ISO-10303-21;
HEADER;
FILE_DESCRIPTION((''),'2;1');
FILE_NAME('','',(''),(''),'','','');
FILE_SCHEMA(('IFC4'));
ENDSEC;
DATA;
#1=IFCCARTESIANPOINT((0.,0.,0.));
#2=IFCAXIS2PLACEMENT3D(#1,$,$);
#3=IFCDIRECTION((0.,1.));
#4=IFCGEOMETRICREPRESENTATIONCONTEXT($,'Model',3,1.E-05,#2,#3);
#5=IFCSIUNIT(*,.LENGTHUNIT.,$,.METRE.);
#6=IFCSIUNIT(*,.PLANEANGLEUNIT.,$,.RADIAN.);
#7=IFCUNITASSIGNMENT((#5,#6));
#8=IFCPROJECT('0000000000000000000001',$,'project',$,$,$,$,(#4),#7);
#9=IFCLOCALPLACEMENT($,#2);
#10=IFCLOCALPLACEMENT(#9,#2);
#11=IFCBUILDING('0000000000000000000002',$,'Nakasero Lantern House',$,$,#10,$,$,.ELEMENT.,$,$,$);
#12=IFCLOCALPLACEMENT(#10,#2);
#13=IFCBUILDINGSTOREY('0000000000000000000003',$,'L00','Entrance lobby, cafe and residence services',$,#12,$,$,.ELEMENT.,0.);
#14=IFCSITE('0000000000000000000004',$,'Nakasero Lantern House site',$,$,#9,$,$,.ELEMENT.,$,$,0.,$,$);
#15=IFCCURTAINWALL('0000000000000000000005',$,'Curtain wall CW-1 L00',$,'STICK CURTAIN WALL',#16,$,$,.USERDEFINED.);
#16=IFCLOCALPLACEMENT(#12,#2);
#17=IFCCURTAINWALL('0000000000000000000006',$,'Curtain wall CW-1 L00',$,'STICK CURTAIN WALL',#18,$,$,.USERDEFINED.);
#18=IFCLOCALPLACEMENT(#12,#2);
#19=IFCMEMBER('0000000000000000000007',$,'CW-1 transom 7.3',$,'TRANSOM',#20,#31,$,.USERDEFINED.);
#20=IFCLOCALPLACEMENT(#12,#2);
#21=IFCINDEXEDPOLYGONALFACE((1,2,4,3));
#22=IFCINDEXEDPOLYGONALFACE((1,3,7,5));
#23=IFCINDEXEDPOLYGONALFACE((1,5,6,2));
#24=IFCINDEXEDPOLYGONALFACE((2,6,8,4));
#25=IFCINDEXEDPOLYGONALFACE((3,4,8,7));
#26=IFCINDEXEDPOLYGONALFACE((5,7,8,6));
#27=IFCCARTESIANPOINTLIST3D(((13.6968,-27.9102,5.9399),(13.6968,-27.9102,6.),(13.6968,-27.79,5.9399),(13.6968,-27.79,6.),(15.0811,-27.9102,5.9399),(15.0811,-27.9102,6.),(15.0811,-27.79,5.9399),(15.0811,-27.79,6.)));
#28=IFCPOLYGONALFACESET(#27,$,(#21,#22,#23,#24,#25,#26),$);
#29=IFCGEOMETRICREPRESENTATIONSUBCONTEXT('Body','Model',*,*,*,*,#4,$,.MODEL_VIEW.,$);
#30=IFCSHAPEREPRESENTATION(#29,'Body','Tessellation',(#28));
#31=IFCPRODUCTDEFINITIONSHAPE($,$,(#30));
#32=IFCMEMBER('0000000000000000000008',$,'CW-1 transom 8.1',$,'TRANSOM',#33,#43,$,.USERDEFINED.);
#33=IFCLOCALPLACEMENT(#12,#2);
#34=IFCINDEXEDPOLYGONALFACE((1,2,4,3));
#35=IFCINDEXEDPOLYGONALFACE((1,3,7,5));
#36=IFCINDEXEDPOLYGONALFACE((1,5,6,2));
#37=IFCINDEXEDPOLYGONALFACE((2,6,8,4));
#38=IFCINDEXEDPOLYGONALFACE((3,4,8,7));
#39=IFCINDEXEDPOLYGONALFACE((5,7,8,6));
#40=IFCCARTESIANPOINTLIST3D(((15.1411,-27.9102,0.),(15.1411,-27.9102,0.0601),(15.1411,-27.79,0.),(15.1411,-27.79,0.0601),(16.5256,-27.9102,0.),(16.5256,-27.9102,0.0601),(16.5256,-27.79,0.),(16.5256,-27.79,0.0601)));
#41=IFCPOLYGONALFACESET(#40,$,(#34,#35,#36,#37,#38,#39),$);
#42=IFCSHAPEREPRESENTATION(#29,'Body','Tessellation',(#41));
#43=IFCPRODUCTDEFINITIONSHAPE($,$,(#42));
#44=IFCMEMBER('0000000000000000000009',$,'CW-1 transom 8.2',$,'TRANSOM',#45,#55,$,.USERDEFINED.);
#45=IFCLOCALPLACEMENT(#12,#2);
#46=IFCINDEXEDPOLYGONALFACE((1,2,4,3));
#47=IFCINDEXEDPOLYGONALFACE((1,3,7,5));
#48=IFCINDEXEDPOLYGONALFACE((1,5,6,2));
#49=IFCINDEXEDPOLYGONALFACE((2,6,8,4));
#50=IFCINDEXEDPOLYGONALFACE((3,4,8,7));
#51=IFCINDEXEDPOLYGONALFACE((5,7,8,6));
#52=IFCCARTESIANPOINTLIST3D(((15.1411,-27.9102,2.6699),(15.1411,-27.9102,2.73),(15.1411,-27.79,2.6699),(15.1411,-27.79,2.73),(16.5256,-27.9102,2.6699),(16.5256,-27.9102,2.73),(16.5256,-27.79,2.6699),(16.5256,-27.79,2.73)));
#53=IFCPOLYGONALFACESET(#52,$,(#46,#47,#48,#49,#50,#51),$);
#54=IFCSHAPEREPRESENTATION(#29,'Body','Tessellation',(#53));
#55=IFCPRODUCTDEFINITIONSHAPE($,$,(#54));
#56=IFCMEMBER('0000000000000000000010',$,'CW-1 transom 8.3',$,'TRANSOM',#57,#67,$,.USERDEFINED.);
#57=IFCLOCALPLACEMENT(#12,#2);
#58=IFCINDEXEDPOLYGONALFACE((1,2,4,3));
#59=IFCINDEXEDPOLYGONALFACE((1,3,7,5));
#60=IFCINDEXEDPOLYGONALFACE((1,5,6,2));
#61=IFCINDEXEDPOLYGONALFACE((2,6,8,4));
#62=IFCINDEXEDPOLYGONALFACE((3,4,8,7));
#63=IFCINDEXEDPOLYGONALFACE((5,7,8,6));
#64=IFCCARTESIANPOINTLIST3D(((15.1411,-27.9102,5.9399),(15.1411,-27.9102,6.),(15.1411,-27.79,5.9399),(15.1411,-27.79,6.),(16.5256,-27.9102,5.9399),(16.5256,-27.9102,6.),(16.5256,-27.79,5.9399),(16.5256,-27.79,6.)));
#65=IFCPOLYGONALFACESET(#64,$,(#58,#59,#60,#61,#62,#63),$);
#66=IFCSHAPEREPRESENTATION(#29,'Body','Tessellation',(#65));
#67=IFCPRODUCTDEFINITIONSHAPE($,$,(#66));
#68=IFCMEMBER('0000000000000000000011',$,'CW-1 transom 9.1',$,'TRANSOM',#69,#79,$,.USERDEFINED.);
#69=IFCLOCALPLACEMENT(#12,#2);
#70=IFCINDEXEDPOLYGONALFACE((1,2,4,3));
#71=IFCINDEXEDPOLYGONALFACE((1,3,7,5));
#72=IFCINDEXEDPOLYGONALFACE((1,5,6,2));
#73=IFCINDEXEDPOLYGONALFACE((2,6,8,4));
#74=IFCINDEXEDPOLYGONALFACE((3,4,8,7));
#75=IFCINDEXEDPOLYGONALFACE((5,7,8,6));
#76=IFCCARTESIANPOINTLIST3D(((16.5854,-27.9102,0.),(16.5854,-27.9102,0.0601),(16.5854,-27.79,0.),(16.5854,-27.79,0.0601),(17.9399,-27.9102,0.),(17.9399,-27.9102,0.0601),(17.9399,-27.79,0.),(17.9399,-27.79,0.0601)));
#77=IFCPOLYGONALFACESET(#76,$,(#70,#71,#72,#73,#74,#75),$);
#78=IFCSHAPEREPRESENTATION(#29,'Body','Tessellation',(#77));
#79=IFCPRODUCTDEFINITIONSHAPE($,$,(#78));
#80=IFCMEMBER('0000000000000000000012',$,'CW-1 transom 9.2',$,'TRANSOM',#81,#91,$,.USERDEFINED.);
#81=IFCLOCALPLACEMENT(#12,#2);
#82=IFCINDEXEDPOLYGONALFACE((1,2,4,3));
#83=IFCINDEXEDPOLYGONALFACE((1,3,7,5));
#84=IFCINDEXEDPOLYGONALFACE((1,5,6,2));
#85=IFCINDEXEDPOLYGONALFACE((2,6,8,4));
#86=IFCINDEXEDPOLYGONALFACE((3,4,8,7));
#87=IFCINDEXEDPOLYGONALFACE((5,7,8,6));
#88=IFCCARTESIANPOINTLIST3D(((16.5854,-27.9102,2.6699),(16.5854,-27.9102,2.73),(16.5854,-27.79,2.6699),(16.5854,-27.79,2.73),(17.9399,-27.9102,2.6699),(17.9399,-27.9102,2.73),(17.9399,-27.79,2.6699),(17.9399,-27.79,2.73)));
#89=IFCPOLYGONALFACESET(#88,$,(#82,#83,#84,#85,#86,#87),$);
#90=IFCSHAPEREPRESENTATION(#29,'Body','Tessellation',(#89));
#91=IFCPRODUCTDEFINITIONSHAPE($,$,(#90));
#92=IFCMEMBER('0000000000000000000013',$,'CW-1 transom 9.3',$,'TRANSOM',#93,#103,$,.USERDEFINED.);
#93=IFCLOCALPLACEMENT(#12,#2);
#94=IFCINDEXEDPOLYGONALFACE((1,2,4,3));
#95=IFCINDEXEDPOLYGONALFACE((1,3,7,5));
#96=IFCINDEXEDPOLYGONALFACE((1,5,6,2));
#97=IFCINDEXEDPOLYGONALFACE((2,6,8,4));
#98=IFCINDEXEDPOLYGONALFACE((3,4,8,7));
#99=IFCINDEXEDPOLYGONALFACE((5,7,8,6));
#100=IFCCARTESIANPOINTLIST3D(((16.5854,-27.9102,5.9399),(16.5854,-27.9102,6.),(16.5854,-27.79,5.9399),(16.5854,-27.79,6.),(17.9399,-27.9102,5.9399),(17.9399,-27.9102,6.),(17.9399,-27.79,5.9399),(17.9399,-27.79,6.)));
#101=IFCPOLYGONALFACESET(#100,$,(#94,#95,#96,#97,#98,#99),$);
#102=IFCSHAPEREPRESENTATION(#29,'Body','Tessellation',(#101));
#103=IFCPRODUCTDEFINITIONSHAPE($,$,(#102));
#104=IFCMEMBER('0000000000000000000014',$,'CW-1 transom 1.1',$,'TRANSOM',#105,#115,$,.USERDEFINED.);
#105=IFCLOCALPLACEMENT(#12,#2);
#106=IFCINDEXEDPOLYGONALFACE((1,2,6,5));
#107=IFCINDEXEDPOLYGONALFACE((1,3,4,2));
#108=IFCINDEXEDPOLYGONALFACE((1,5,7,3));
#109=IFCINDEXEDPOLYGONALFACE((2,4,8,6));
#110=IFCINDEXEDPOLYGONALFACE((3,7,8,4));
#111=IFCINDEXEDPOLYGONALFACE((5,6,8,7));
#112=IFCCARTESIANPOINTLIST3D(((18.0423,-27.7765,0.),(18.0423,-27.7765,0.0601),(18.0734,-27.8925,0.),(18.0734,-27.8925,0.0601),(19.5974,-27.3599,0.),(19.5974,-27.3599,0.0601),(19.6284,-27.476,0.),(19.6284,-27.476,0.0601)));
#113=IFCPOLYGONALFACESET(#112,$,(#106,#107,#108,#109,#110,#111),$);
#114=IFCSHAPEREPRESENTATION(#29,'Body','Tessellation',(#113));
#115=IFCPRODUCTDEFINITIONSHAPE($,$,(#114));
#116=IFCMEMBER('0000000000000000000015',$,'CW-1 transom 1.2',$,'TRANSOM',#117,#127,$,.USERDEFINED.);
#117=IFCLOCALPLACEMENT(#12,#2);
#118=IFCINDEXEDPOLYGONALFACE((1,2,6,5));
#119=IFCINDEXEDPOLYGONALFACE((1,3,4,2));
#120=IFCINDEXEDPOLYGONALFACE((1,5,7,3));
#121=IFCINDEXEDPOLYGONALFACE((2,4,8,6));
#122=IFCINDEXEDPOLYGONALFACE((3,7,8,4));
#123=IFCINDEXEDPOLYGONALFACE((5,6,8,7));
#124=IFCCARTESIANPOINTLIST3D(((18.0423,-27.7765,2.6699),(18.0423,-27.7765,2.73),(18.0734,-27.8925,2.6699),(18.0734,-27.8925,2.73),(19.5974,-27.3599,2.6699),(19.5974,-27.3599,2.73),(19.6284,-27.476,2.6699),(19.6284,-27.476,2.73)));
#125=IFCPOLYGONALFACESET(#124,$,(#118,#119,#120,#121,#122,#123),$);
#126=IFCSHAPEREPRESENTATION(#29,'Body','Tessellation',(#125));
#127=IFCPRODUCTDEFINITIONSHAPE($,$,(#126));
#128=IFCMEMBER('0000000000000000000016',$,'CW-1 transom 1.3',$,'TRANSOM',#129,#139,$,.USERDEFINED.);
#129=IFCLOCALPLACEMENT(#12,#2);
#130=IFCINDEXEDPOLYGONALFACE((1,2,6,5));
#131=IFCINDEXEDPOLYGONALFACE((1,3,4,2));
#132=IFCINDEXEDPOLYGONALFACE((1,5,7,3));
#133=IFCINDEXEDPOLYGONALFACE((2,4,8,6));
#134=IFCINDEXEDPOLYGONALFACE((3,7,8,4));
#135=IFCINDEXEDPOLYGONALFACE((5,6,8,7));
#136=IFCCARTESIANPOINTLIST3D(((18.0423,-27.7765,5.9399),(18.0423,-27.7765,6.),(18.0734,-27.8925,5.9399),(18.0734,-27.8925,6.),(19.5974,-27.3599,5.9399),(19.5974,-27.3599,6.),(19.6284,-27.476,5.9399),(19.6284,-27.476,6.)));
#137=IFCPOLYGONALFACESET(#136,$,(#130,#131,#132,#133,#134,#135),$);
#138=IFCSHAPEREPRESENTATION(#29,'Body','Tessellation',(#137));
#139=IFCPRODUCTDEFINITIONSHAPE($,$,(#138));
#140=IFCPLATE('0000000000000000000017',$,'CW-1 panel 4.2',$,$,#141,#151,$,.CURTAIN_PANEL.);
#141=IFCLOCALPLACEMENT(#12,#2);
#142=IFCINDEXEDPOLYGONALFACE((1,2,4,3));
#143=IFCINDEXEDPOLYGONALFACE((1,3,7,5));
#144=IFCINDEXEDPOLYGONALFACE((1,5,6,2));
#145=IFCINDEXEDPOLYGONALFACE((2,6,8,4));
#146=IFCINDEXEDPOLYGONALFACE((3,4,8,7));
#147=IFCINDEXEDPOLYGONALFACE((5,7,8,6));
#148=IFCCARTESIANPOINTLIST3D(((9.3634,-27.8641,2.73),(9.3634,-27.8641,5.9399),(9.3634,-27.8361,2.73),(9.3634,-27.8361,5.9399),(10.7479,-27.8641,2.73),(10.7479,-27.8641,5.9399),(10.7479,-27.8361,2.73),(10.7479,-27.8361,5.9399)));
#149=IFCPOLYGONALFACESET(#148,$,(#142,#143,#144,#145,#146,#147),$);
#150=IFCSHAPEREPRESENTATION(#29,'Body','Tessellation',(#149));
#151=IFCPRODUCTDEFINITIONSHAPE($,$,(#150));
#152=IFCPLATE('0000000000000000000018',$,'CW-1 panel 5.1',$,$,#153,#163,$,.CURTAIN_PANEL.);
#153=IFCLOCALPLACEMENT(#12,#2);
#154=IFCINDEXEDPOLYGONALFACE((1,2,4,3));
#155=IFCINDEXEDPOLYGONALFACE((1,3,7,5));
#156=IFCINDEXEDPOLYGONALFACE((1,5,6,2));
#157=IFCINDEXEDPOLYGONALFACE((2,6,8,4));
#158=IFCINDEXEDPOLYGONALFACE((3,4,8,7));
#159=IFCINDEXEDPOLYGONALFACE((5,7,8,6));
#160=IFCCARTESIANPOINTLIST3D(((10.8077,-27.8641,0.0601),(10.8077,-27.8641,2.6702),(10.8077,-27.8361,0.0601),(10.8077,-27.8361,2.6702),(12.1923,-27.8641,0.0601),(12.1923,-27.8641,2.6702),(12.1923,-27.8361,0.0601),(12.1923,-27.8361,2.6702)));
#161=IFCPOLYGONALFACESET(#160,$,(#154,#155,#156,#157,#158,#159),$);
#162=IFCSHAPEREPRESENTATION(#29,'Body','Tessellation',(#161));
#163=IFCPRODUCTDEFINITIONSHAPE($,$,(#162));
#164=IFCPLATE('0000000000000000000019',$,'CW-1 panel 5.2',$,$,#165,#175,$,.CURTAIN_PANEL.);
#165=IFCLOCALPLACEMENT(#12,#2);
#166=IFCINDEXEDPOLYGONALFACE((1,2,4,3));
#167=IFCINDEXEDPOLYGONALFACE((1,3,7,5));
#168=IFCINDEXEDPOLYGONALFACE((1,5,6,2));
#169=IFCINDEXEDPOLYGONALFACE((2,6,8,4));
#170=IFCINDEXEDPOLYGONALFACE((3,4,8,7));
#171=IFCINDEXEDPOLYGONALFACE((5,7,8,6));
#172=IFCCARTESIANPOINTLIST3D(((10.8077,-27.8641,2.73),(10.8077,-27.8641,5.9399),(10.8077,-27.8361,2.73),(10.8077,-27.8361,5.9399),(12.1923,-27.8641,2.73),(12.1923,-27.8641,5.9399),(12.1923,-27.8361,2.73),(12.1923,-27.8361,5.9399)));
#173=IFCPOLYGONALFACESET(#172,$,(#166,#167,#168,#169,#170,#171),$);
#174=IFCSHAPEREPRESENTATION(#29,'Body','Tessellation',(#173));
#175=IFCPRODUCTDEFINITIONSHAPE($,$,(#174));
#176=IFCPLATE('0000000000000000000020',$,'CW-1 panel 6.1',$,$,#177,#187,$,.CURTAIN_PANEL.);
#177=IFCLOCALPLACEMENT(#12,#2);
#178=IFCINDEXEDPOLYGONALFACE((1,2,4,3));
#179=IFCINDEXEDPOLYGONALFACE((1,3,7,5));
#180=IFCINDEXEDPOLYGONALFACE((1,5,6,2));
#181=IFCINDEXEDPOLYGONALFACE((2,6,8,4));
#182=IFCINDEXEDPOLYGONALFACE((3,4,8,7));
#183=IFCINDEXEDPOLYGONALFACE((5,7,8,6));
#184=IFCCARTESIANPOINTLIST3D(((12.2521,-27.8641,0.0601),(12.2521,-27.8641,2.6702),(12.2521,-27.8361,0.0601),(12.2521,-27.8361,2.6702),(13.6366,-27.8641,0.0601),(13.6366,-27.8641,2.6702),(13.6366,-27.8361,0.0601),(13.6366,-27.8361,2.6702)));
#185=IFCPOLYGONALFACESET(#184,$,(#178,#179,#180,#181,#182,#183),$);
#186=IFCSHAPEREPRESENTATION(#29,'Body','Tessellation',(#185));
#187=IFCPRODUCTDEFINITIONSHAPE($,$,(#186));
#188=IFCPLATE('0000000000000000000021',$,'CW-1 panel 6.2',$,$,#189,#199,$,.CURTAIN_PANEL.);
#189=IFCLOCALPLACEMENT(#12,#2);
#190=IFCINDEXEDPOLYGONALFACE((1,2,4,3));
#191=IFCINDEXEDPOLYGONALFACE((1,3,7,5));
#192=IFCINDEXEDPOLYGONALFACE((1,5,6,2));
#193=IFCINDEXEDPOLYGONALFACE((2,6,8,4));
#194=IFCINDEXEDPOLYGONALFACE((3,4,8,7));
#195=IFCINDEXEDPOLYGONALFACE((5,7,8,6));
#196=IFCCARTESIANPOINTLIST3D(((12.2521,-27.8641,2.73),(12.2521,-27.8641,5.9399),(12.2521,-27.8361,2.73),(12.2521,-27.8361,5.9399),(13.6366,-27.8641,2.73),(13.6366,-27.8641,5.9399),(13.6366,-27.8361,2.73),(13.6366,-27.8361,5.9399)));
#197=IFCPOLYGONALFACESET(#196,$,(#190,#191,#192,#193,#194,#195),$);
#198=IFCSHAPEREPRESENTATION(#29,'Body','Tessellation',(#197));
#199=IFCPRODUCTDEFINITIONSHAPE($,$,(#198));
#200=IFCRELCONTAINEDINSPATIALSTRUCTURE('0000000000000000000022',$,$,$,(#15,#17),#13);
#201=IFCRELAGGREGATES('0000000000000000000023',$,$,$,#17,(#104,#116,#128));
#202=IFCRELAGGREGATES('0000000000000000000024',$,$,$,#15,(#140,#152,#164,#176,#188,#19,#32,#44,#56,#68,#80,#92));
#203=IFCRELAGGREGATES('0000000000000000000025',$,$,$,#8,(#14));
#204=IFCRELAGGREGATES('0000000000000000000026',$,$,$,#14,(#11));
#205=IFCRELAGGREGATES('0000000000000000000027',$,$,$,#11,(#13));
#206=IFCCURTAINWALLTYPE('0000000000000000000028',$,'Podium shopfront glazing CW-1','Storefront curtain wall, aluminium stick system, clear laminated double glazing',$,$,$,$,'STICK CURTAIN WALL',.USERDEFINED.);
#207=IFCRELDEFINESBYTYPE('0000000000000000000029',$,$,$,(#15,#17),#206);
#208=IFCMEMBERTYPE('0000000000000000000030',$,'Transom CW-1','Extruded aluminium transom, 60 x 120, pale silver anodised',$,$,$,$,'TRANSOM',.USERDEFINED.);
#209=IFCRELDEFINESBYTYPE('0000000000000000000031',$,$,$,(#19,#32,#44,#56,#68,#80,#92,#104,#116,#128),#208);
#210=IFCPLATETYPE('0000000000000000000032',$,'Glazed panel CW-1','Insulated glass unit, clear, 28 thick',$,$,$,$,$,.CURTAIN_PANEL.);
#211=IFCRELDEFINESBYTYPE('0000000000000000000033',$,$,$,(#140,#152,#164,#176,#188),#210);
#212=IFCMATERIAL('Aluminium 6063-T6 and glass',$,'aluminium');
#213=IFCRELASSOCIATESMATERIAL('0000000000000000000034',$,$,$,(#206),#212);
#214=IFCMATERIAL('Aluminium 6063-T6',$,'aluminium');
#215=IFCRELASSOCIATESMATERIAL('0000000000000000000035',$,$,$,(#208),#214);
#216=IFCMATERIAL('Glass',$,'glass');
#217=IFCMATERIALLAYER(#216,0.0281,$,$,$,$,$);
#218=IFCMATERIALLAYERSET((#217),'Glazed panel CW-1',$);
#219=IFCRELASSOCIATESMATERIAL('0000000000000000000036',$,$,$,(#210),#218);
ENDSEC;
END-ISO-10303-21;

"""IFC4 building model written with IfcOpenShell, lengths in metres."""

from ifc_helpers import new_model, si_unit, direction, frame, origin, origin_2d, place, context, subcontext, project, spatial, rectangle, extrude, material, layer, layer_set, material_profile, profile_set, type_object, element, aggregate, save


model = new_model("IFC4")

# Units and contexts
model_context = context("Model", 3, precision=1e-05, world=origin(), true_north=direction((0.0, 1.0)))
body_context = subcontext(model_context, "Body", "Model", "MODEL_VIEW")
ifc_project = project(units=[si_unit("LENGTHUNIT", "METRE"), si_unit("PLANEANGLEUNIT", "RADIAN")], contexts=[model_context])

# Site, building, storey
site_placement = place(None, origin())
site = spatial("IfcSite", under=ifc_project, at=site_placement, Name="Nakasero Lantern House site", CompositionType="ELEMENT", RefElevation=0.0)
building_placement = place(site_placement, origin())
building = spatial("IfcBuilding", under=site, at=building_placement, Name="Nakasero Lantern House", CompositionType="ELEMENT")
storey_placement = place(building_placement, origin())
storey = spatial("IfcBuildingStorey", under=building, at=storey_placement, Name="L00", Description="Entrance lobby, cafe and residence services", CompositionType="ELEMENT", Elevation=0.0)

# Curtain wall
ifc_material_1 = material(Name="Aluminium 6063-T6 and glass", Category="aluminium")
curtain_wall_type = type_object("IfcCurtainWallType", Name="Podium shopfront glazing CW-1", Description="Storefront curtain wall, aluminium stick system, clear laminated double glazing", ElementType="STICK CURTAIN WALL", PredefinedType="USERDEFINED", material=ifc_material_1)
curtain_wall_1_placement = place(storey_placement, origin())
curtain_wall_1 = element("IfcCurtainWall", 1, at=curtain_wall_1_placement, inside=storey, type_object=curtain_wall_type, Name="Curtain wall CW-1 L00", ObjectType="STICK CURTAIN WALL", PredefinedType="USERDEFINED")

# Curtain wall
curtain_wall_2_placement = place(storey_placement, origin())
curtain_wall_2 = element("IfcCurtainWall", 2, at=curtain_wall_2_placement, inside=storey, type_object=curtain_wall_type, Name="Curtain wall CW-1 L00", ObjectType="STICK CURTAIN WALL", PredefinedType="USERDEFINED")

# Members
ifc_material_2 = material(Name="Aluminium 6063-T6", Category="aluminium")
ifc_material_profile_1 = material_profile(ifc_material_2, rectangle(XDim=0.0601, YDim=0.1201, at=origin_2d()), Name="CW-1 transom 60x120")
ifc_profile_set_1 = profile_set([ifc_material_profile_1], Name="Aluminium 6063-T6")
member_type_1 = type_object("IfcMemberType", Name="Transom CW-1", Description="Extruded aluminium transom, 60 x 120, pale silver anodised", ElementType="TRANSOM", PredefinedType="USERDEFINED", material=ifc_profile_set_1)
member_1_placement = place(storey_placement, frame((13.6968, -27.8501, 5.97), z_axis=(1.0, 0.0, 0.0), x_axis=(0.0, 0.0, 1.0)))
member_1 = element("IfcMember", 3, at=member_1_placement, type_object=member_type_1, Name="CW-1 transom 7.3", ObjectType="TRANSOM", PredefinedType="USERDEFINED", context=body_context, shape_type="SweptSolid", body=[
    extrude(rectangle(XDim=0.0601, YDim=0.1201, at=origin_2d()), origin(), (0.0, 0.0, 1.0), 1.3843),
])
member_2_placement = place(storey_placement, frame((15.1411, -27.8501, 0.03), z_axis=(1.0, 0.0, 0.0), x_axis=(0.0, 0.0, 1.0)))
member_2 = element("IfcMember", 4, at=member_2_placement, type_object=member_type_1, Name="CW-1 transom 8.1", ObjectType="TRANSOM", PredefinedType="USERDEFINED", context=body_context, shape_type="SweptSolid", body=[
    extrude(rectangle(XDim=0.0601, YDim=0.1201, at=origin_2d()), origin(), (0.0, 0.0, 1.0), 1.3845),
])
member_3_placement = place(storey_placement, frame((15.1411, -27.8501, 2.7), z_axis=(1.0, 0.0, 0.0), x_axis=(0.0, 0.0, 1.0)))
member_3 = element("IfcMember", 5, at=member_3_placement, type_object=member_type_1, Name="CW-1 transom 8.2", ObjectType="TRANSOM", PredefinedType="USERDEFINED", context=body_context, shape_type="SweptSolid", body=[
    extrude(rectangle(XDim=0.0601, YDim=0.1201, at=origin_2d()), origin(), (0.0, 0.0, 1.0), 1.3845),
])
member_4_placement = place(storey_placement, frame((15.1411, -27.8501, 5.97), z_axis=(1.0, 0.0, 0.0), x_axis=(0.0, 0.0, 1.0)))
member_4 = element("IfcMember", 6, at=member_4_placement, type_object=member_type_1, Name="CW-1 transom 8.3", ObjectType="TRANSOM", PredefinedType="USERDEFINED", context=body_context, shape_type="SweptSolid", body=[
    extrude(rectangle(XDim=0.0601, YDim=0.1201, at=origin_2d()), origin(), (0.0, 0.0, 1.0), 1.3845),
])
member_5_placement = place(storey_placement, frame((16.5854, -27.8501, 0.03), z_axis=(1.0, 0.0, 0.0), x_axis=(0.0, 0.0, 1.0)))
member_5 = element("IfcMember", 7, at=member_5_placement, type_object=member_type_1, Name="CW-1 transom 9.1", ObjectType="TRANSOM", PredefinedType="USERDEFINED", context=body_context, shape_type="SweptSolid", body=[
    extrude(rectangle(XDim=0.0601, YDim=0.1201, at=origin_2d()), origin(), (0.0, 0.0, 1.0), 1.3545),
])
member_6_placement = place(storey_placement, frame((16.5854, -27.8501, 2.7), z_axis=(1.0, 0.0, 0.0), x_axis=(0.0, 0.0, 1.0)))
member_6 = element("IfcMember", 8, at=member_6_placement, type_object=member_type_1, Name="CW-1 transom 9.2", ObjectType="TRANSOM", PredefinedType="USERDEFINED", context=body_context, shape_type="SweptSolid", body=[
    extrude(rectangle(XDim=0.0601, YDim=0.1201, at=origin_2d()), origin(), (0.0, 0.0, 1.0), 1.3545),
])
member_7_placement = place(storey_placement, frame((16.5854, -27.8501, 5.97), z_axis=(1.0, 0.0, 0.0), x_axis=(0.0, 0.0, 1.0)))
member_7 = element("IfcMember", 9, at=member_7_placement, type_object=member_type_1, Name="CW-1 transom 9.3", ObjectType="TRANSOM", PredefinedType="USERDEFINED", context=body_context, shape_type="SweptSolid", body=[
    extrude(rectangle(XDim=0.0601, YDim=0.1201, at=origin_2d()), origin(), (0.0, 0.0, 1.0), 1.3545),
])
member_8_placement = place(storey_placement, frame((18.0579, -27.8345, 0.03), z_axis=(0.965947, 0.258739, 0.0), x_axis=(0.0, 0.0, 1.0)))
member_8 = element("IfcMember", 10, at=member_8_placement, type_object=member_type_1, Name="CW-1 transom 1.1", ObjectType="TRANSOM", PredefinedType="USERDEFINED", context=body_context, shape_type="SweptSolid", body=[
    extrude(rectangle(XDim=0.0601, YDim=0.1201, at=origin_2d()), origin(), (0.0, 0.0, 1.0), 1.6099),
])
member_9_placement = place(storey_placement, frame((18.0579, -27.8345, 2.7), z_axis=(0.965947, 0.258739, 0.0), x_axis=(0.0, 0.0, 1.0)))
member_9 = element("IfcMember", 11, at=member_9_placement, type_object=member_type_1, Name="CW-1 transom 1.2", ObjectType="TRANSOM", PredefinedType="USERDEFINED", context=body_context, shape_type="SweptSolid", body=[
    extrude(rectangle(XDim=0.0601, YDim=0.1201, at=origin_2d()), origin(), (0.0, 0.0, 1.0), 1.6099),
])
member_10_placement = place(storey_placement, frame((18.0579, -27.8345, 5.97), z_axis=(0.965947, 0.258739, 0.0), x_axis=(0.0, 0.0, 1.0)))
member_10 = element("IfcMember", 12, at=member_10_placement, type_object=member_type_1, Name="CW-1 transom 1.3", ObjectType="TRANSOM", PredefinedType="USERDEFINED", context=body_context, shape_type="SweptSolid", body=[
    extrude(rectangle(XDim=0.0601, YDim=0.1201, at=origin_2d()), origin(), (0.0, 0.0, 1.0), 1.6099),
])
aggregate(curtain_wall_2, [member_8, member_9, member_10])

# Plates
ifc_material_3 = material(Name="Glass", Category="glass")
ifc_layer = layer(ifc_material_3, 0.0281)
ifc_layer_set = layer_set([ifc_layer], Name="Glazed panel CW-1")
plate_type = type_object("IfcPlateType", Name="Glazed panel CW-1", Description="Insulated glass unit, clear, 28 thick", PredefinedType="CURTAIN_PANEL", material=ifc_layer_set)
plate_1_placement = place(storey_placement, frame((10.0557, -27.8501, 2.73), z_axis=(0.0, 0.0, 1.0), x_axis=(1.0, 0.0, 0.0)))
plate_1 = element("IfcPlate", 13, at=plate_1_placement, type_object=plate_type, Name="CW-1 panel 4.2", PredefinedType="CURTAIN_PANEL", context=body_context, shape_type="SweptSolid", body=[
    extrude(rectangle(XDim=1.3845, YDim=0.0281, at=origin_2d()), origin(), (0.0, 0.0, 1.0), 3.21),
])
plate_2_placement = place(storey_placement, frame((11.5, -27.8501, 0.0601), z_axis=(0.0, 0.0, 1.0), x_axis=(1.0, 0.0, 0.0)))
plate_2 = element("IfcPlate", 14, at=plate_2_placement, type_object=plate_type, Name="CW-1 panel 5.1", PredefinedType="CURTAIN_PANEL", context=body_context, shape_type="SweptSolid", body=[
    extrude(rectangle(XDim=1.3845, YDim=0.0281, at=origin_2d()), origin(), (0.0, 0.0, 1.0), 2.6101),
])
plate_3_placement = place(storey_placement, frame((11.5, -27.8501, 2.73), z_axis=(0.0, 0.0, 1.0), x_axis=(1.0, 0.0, 0.0)))
plate_3 = element("IfcPlate", 15, at=plate_3_placement, type_object=plate_type, Name="CW-1 panel 5.2", PredefinedType="CURTAIN_PANEL", context=body_context, shape_type="SweptSolid", body=[
    extrude(rectangle(XDim=1.3845, YDim=0.0281, at=origin_2d()), origin(), (0.0, 0.0, 1.0), 3.21),
])
plate_4_placement = place(storey_placement, frame((12.9443, -27.8501, 0.0601), z_axis=(0.0, 0.0, 1.0), x_axis=(1.0, 0.0, 0.0)))
plate_4 = element("IfcPlate", 16, at=plate_4_placement, type_object=plate_type, Name="CW-1 panel 6.1", PredefinedType="CURTAIN_PANEL", context=body_context, shape_type="SweptSolid", body=[
    extrude(rectangle(XDim=1.3845, YDim=0.0281, at=origin_2d()), origin(), (0.0, 0.0, 1.0), 2.6101),
])
plate_5_placement = place(storey_placement, frame((12.9443, -27.8501, 2.73), z_axis=(0.0, 0.0, 1.0), x_axis=(1.0, 0.0, 0.0)))
plate_5 = element("IfcPlate", 17, at=plate_5_placement, type_object=plate_type, Name="CW-1 panel 6.2", PredefinedType="CURTAIN_PANEL", context=body_context, shape_type="SweptSolid", body=[
    extrude(rectangle(XDim=1.3845, YDim=0.0281, at=origin_2d()), origin(), (0.0, 0.0, 1.0), 3.21),
])
aggregate(curtain_wall_1, [plate_1, plate_2, plate_3, plate_4, plate_5, member_1, member_2, member_3, member_4, member_5, member_6, member_7])

save(model, "model.ifc")
